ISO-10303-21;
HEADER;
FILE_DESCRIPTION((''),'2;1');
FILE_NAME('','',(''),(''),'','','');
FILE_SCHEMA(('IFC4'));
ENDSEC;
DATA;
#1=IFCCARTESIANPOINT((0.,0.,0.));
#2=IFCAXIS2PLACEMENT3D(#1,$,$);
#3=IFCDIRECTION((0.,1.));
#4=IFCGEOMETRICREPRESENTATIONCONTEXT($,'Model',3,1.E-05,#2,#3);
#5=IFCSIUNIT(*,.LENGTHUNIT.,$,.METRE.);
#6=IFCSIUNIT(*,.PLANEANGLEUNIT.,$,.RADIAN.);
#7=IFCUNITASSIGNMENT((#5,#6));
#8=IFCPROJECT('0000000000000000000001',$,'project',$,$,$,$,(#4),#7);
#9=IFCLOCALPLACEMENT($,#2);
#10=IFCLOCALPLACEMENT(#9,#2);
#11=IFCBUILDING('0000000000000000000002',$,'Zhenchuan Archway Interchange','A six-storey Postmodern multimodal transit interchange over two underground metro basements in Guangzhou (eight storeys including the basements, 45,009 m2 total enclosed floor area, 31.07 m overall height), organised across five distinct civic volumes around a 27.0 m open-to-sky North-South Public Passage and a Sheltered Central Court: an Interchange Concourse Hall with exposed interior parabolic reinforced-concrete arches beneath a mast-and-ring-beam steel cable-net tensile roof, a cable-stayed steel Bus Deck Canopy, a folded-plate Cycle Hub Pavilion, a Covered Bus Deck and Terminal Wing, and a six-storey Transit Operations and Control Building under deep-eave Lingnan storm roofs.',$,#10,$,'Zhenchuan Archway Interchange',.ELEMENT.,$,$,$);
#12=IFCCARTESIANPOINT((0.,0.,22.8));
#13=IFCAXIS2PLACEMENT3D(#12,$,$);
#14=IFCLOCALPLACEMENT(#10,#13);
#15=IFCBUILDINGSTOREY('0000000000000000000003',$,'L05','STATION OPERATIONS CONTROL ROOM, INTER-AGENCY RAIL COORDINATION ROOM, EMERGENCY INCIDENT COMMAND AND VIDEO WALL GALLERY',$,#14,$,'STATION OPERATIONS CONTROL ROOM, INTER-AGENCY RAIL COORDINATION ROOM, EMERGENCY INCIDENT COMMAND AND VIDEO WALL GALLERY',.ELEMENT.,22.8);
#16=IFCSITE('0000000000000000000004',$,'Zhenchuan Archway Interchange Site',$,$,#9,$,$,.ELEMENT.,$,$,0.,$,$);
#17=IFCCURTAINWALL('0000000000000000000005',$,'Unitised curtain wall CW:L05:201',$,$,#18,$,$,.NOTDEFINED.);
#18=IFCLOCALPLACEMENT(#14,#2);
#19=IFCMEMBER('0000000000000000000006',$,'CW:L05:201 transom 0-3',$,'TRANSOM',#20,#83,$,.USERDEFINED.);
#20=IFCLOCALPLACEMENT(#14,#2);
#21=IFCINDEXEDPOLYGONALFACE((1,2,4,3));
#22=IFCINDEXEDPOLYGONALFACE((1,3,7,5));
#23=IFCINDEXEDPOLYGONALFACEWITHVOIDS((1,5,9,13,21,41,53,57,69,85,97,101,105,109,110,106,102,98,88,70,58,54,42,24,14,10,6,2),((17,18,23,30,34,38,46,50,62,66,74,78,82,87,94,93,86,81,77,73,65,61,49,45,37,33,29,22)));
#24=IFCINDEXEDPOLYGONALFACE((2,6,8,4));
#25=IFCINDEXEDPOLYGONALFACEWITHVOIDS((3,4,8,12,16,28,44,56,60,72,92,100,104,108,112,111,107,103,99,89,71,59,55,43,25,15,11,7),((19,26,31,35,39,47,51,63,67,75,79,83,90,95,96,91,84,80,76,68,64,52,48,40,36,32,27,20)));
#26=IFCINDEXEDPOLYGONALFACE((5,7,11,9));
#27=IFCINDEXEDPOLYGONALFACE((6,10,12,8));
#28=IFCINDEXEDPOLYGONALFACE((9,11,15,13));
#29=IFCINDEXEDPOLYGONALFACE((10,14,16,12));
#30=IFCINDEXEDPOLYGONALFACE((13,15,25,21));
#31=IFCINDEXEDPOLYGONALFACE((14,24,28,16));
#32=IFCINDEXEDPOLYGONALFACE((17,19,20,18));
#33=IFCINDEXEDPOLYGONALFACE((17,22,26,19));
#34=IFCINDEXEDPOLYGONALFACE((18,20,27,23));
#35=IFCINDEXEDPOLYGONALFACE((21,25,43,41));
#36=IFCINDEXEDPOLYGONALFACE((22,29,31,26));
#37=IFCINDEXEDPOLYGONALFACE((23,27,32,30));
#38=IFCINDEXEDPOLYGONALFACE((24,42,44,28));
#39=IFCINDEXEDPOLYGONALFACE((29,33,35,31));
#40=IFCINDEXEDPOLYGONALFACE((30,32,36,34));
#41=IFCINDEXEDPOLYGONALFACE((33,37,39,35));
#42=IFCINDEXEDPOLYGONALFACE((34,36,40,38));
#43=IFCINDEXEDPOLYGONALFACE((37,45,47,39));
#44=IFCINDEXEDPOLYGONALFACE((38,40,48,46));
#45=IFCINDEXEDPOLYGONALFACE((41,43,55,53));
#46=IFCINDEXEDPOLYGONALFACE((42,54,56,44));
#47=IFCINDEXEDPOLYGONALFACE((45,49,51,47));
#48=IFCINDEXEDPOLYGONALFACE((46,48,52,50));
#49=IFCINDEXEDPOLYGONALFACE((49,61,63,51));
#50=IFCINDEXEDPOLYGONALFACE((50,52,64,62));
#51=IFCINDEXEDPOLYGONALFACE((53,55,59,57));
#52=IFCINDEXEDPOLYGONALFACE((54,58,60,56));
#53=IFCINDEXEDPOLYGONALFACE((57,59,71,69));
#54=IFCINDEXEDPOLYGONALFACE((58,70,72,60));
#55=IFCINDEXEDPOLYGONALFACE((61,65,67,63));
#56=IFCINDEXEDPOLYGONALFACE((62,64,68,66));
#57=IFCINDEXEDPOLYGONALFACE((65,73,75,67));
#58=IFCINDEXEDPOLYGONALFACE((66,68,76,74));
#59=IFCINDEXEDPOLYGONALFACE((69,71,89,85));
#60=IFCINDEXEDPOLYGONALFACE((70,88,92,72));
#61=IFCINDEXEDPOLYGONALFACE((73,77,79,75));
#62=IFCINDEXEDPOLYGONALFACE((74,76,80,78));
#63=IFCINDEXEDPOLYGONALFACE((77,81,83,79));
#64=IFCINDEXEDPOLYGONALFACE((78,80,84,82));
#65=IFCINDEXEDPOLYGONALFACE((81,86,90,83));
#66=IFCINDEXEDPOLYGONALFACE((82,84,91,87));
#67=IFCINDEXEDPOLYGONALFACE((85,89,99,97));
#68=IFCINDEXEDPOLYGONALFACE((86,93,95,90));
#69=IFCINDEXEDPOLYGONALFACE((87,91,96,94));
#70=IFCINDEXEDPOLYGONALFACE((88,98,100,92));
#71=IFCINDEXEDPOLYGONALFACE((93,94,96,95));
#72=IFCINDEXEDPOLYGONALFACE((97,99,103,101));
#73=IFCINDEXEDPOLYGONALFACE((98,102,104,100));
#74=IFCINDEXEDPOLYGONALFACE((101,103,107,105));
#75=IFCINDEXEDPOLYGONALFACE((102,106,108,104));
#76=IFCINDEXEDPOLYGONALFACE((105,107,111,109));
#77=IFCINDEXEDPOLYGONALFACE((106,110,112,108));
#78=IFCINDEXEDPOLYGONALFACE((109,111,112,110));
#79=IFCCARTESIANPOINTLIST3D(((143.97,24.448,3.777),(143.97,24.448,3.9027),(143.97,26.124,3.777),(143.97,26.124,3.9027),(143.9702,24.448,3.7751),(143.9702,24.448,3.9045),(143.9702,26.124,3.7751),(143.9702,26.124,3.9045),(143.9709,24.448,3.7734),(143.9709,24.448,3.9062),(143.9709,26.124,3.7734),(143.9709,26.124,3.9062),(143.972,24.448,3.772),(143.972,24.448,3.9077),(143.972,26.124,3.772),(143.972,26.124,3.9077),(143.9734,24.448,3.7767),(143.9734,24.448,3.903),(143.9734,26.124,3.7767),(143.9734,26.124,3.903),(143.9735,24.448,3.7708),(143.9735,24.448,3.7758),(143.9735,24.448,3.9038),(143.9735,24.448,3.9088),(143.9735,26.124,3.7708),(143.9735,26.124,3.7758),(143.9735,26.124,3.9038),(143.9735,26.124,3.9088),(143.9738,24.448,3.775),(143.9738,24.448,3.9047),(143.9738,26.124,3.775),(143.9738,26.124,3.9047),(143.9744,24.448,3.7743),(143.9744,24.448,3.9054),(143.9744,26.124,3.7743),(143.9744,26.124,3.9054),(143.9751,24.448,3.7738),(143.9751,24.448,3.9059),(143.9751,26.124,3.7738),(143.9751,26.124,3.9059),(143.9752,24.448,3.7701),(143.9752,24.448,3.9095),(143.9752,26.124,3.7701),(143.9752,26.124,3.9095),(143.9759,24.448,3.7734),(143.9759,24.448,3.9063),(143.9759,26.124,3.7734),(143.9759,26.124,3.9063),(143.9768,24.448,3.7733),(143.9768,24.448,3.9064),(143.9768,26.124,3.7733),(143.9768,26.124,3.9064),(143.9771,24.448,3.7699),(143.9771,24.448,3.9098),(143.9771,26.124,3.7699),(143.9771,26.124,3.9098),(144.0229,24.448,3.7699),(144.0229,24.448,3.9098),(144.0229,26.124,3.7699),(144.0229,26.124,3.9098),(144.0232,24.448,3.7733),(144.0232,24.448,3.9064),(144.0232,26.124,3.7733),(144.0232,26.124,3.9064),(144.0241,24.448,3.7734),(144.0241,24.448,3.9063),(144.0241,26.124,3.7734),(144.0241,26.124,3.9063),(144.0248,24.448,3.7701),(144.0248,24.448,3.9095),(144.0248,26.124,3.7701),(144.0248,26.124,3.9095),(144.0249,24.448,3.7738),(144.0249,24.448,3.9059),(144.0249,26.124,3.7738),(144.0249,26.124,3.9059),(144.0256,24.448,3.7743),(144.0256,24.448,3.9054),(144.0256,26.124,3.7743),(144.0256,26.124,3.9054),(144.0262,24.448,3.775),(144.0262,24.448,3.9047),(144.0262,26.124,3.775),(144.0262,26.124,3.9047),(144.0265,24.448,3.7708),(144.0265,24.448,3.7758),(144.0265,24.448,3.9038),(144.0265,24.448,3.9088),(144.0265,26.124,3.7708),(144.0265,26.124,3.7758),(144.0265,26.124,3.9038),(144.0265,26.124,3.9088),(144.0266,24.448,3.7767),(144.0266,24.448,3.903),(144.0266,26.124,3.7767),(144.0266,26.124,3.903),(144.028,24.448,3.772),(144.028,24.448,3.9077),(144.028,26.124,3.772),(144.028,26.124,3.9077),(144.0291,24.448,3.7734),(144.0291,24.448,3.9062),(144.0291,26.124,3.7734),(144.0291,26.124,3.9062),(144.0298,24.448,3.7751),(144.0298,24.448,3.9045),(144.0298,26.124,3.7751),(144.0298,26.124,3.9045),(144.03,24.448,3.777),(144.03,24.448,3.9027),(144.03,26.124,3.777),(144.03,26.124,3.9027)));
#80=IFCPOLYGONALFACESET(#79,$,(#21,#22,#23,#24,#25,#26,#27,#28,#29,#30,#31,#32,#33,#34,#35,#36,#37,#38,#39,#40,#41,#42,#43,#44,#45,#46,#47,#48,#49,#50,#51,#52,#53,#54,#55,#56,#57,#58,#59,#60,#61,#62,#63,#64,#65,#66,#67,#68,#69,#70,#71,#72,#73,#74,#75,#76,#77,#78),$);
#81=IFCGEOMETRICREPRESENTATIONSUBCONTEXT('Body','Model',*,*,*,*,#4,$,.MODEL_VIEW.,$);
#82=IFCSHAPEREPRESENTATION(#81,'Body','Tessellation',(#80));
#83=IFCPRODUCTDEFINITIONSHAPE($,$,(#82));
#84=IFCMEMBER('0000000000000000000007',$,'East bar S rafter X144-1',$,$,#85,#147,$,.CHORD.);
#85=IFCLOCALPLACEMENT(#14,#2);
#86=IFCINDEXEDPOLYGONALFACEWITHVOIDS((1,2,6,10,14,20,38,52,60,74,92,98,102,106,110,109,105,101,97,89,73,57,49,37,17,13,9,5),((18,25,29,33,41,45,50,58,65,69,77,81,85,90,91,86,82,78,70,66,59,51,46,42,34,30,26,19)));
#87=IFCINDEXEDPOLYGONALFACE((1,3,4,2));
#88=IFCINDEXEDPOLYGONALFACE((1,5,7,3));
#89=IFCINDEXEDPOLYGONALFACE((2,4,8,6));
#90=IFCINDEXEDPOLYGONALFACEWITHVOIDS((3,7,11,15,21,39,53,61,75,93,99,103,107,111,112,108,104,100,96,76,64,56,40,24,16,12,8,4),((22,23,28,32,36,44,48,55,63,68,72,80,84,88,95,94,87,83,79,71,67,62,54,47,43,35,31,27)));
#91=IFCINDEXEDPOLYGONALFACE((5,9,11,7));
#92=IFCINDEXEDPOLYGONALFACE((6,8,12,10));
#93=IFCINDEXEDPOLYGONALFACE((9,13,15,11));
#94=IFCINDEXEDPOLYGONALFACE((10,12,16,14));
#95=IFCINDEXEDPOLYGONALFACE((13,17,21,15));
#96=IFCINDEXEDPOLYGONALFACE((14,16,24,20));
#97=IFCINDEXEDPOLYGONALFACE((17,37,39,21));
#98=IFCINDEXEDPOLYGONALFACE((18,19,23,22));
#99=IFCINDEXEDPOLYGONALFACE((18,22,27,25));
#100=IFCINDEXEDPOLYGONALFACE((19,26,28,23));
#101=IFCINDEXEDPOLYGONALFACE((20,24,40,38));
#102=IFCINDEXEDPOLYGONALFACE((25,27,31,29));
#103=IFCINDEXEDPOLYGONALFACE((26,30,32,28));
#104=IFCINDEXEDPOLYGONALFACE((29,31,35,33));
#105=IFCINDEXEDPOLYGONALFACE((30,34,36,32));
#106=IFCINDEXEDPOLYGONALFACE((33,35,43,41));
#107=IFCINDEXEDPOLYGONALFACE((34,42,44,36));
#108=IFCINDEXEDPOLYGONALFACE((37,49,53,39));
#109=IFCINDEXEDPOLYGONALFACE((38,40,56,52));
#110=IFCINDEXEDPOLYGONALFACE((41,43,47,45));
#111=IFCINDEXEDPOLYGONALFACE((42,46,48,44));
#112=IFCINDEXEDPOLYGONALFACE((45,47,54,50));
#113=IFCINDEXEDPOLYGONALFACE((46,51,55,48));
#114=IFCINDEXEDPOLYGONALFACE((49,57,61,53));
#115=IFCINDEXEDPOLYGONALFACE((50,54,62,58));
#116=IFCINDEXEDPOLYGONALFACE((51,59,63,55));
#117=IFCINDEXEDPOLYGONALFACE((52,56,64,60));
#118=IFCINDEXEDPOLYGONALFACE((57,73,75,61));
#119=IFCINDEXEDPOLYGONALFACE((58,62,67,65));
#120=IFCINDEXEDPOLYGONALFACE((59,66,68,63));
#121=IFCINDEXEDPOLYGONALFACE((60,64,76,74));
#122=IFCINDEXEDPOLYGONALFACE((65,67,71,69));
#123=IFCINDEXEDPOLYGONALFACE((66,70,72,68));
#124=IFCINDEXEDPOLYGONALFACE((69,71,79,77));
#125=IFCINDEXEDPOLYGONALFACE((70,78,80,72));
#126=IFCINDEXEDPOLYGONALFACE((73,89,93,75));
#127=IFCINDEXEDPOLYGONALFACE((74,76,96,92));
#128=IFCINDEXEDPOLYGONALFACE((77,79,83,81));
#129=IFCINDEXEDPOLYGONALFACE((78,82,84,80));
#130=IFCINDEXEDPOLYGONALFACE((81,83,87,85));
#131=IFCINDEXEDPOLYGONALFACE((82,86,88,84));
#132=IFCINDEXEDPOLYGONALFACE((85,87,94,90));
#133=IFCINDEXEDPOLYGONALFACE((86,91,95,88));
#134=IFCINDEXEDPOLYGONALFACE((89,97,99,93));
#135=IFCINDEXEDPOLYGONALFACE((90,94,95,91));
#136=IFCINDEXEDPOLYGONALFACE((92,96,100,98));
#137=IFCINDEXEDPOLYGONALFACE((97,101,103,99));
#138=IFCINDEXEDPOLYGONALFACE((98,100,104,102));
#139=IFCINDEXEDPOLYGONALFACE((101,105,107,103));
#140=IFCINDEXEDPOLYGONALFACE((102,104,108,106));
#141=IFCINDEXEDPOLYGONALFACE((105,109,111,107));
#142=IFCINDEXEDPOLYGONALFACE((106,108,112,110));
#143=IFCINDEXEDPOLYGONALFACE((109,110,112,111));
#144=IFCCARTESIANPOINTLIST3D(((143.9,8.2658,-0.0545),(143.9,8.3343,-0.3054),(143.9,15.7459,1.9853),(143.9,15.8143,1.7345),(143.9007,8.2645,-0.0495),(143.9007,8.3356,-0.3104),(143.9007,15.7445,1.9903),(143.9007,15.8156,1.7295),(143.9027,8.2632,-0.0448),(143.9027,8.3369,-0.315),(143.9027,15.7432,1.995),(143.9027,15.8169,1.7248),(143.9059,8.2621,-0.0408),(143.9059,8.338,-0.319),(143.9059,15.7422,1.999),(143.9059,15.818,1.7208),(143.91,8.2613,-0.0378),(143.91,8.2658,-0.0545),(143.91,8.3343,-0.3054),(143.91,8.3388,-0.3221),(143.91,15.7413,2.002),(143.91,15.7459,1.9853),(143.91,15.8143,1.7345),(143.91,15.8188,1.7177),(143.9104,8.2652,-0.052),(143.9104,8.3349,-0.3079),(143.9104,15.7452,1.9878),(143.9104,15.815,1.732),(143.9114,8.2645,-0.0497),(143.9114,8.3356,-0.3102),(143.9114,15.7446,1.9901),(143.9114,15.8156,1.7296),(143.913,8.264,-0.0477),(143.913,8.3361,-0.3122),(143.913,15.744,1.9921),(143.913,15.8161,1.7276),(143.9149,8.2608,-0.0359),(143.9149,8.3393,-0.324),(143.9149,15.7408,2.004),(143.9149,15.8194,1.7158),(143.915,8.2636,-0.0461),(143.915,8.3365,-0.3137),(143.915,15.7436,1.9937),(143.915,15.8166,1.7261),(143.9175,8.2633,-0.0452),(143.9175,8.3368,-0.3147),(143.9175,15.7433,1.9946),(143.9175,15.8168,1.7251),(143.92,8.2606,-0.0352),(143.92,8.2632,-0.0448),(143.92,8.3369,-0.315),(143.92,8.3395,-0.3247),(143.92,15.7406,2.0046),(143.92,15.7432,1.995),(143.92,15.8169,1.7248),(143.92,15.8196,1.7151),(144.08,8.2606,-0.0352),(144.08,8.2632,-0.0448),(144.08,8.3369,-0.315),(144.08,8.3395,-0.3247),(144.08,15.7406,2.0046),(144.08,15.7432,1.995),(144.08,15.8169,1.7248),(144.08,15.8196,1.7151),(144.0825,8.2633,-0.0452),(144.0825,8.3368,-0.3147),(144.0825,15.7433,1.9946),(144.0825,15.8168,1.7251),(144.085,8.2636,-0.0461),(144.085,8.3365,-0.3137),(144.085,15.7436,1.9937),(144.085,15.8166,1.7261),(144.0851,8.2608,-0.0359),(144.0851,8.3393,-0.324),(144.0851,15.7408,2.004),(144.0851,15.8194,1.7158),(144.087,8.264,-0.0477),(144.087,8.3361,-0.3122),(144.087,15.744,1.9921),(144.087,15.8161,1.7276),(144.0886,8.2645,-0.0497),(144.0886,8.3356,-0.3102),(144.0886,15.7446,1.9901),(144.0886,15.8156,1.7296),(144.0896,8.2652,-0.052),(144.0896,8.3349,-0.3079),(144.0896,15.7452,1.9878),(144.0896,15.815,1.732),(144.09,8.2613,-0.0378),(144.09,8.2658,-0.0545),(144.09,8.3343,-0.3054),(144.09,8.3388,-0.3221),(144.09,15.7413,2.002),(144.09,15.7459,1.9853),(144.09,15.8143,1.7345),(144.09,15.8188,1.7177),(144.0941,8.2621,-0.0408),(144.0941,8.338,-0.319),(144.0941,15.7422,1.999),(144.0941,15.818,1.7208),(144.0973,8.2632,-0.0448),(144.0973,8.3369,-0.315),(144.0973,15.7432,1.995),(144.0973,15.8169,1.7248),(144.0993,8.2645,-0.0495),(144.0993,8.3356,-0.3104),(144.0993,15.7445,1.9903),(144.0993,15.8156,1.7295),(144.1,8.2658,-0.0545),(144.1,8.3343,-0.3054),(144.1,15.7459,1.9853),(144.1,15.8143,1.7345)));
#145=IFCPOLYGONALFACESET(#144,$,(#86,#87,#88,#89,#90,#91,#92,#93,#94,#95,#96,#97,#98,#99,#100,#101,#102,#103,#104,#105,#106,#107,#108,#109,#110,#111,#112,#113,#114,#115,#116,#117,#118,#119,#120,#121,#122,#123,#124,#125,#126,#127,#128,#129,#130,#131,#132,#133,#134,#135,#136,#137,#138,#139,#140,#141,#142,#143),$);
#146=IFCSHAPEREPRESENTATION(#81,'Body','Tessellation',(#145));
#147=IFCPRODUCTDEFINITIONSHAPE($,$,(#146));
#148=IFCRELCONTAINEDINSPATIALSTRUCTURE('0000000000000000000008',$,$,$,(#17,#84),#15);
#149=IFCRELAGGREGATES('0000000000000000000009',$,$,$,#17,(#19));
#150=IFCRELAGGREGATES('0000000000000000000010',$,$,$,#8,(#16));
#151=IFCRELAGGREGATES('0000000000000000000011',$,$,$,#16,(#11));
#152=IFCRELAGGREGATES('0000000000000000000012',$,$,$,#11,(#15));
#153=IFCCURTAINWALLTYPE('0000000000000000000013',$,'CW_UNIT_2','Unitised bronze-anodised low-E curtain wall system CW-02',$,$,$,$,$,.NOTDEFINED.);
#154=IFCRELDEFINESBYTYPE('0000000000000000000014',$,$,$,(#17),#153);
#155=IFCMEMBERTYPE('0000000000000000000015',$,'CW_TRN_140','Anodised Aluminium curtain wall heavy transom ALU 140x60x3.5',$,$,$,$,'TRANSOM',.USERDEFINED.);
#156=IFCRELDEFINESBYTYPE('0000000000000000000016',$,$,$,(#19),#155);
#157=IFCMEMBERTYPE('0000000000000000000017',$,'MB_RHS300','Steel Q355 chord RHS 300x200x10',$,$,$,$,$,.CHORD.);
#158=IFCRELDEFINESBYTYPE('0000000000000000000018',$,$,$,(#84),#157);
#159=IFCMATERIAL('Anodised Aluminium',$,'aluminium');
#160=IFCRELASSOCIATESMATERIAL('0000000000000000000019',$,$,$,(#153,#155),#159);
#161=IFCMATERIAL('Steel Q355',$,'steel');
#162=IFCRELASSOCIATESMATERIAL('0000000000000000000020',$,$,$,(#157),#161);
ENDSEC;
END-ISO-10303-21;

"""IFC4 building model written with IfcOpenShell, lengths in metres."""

from ifc_helpers import new_model, si_unit, direction, frame, origin, origin_2d, place, context, subcontext, project, spatial, hollow_rectangle, extrude, material, material_profile, profile_set, type_object, element, aggregate, save


model = new_model("IFC4")

# Units and contexts
model_context = context("Model", 3, precision=1e-05, world=origin(), true_north=direction((0.0, 1.0)))
body_context = subcontext(model_context, "Body", "Model", "MODEL_VIEW")
ifc_project = project(units=[si_unit("LENGTHUNIT", "METRE"), si_unit("PLANEANGLEUNIT", "RADIAN")], contexts=[model_context])

# Site, building, storey
site_placement = place(None, origin())
site = spatial("IfcSite", under=ifc_project, at=site_placement, Name="Zhenchuan Archway Interchange Site", CompositionType="ELEMENT", RefElevation=0.0)
building_placement = place(site_placement, origin())
building = spatial("IfcBuilding", under=site, at=building_placement, Name="Zhenchuan Archway Interchange", Description="A six-storey Postmodern multimodal transit interchange over two underground metro basements in Guangzhou (eight storeys including the basements, 45,009 m2 total enclosed floor area, 31.07 m overall height), organised across five distinct civic volumes around a 27.0 m open-to-sky North-South Public Passage and a Sheltered Central Court: an Interchange Concourse Hall with exposed interior parabolic reinforced-concrete arches beneath a mast-and-ring-beam steel cable-net tensile roof, a cable-stayed steel Bus Deck Canopy, a folded-plate Cycle Hub Pavilion, a Covered Bus Deck and Terminal Wing, and a six-storey Transit Operations and Control Building under deep-eave Lingnan storm roofs.", LongName="Zhenchuan Archway Interchange", CompositionType="ELEMENT")
storey_placement = place(building_placement, frame((0.0, 0.0, 22.8)))
storey = spatial("IfcBuildingStorey", under=building, at=storey_placement, Name="L05", Description="STATION OPERATIONS CONTROL ROOM, INTER-AGENCY RAIL COORDINATION ROOM, EMERGENCY INCIDENT COMMAND AND VIDEO WALL GALLERY", LongName="STATION OPERATIONS CONTROL ROOM, INTER-AGENCY RAIL COORDINATION ROOM, EMERGENCY INCIDENT COMMAND AND VIDEO WALL GALLERY", CompositionType="ELEMENT", Elevation=22.8)

# Shared definitions
ifc_material_1 = material(Name="Steel Q355", Category="steel")

# Curtain wall, member
ifc_material_2 = material(Name="Anodised Aluminium", Category="aluminium")
curtain_wall_type = type_object("IfcCurtainWallType", Name="CW_UNIT_2", Description="Unitised bronze-anodised low-E curtain wall system CW-02", PredefinedType="NOTDEFINED", material=ifc_material_2)
curtain_wall_placement = place(storey_placement, origin())
curtain_wall = element("IfcCurtainWall", 1, at=curtain_wall_placement, inside=storey, type_object=curtain_wall_type, Name="Unitised curtain wall CW:L05:201", PredefinedType="NOTDEFINED")
ifc_material_profile_1 = material_profile(ifc_material_2, hollow_rectangle(XDim=0.0601, YDim=0.1399, WallThickness=0.0034, InnerFilletRadius=0.0034, OuterFilletRadius=0.0071, at=origin_2d()), Name="ALU 140x60x3.5")
ifc_profile_set_1 = profile_set([ifc_material_profile_1], Name="Anodised Aluminium")
member_type_1 = type_object("IfcMemberType", Name="CW_TRN_140", Description="Anodised Aluminium curtain wall heavy transom ALU 140x60x3.5", ElementType="TRANSOM", PredefinedType="USERDEFINED", material=ifc_profile_set_1)
member_1_placement = place(storey_placement, frame((144.0, 24.448, 3.8398), z_axis=(0.0, 1.0, 0.0), x_axis=(-1.0, 0.0, 0.0)))
member_1 = element("IfcMember", 2, at=member_1_placement, type_object=member_type_1, Name="CW:L05:201 transom 0-3", ObjectType="TRANSOM", PredefinedType="USERDEFINED", context=body_context, shape_type="SweptSolid", body=[
    extrude(hollow_rectangle(XDim=0.0601, YDim=0.1399, WallThickness=0.0034, InnerFilletRadius=0.0034, OuterFilletRadius=0.0071, at=origin_2d()), origin(), (0.0, 0.0, 1.0), 1.676),
])
aggregate(curtain_wall, [member_1])

# Member
ifc_material_profile_2 = material_profile(ifc_material_1, hollow_rectangle(XDim=0.2, YDim=0.3, WallThickness=0.01, InnerFilletRadius=0.01, OuterFilletRadius=0.02, at=origin_2d()), Name="RHS 300x200x10")
ifc_profile_set_2 = profile_set([ifc_material_profile_2], Name="Steel Q355")
member_type_2 = type_object("IfcMemberType", Name="MB_RHS300", Description="Steel Q355 chord RHS 300x200x10", PredefinedType="CHORD", material=ifc_profile_set_2)
for number, where, z_axis, x_axis, name in (
    (3, (144.0, 8.3, -0.1799), (0.0, 0.96477, 0.263093), (-1.0, 0.0, 0.0), "East bar S rafter X144-1"),
):
    element("IfcMember", number, at=place(storey_placement, frame(where, z_axis=z_axis, x_axis=x_axis)), inside=storey, type_object=member_type_2, Name=name, PredefinedType="CHORD", context=body_context, shape_type="SweptSolid", body=[
        extrude(hollow_rectangle(XDim=0.2, YDim=0.3, WallThickness=0.01, InnerFilletRadius=0.01, OuterFilletRadius=0.02, at=origin_2d()), origin(), (0.0, 0.0, 1.0), 7.7532),
    ])

save(model, "model.ifc")
